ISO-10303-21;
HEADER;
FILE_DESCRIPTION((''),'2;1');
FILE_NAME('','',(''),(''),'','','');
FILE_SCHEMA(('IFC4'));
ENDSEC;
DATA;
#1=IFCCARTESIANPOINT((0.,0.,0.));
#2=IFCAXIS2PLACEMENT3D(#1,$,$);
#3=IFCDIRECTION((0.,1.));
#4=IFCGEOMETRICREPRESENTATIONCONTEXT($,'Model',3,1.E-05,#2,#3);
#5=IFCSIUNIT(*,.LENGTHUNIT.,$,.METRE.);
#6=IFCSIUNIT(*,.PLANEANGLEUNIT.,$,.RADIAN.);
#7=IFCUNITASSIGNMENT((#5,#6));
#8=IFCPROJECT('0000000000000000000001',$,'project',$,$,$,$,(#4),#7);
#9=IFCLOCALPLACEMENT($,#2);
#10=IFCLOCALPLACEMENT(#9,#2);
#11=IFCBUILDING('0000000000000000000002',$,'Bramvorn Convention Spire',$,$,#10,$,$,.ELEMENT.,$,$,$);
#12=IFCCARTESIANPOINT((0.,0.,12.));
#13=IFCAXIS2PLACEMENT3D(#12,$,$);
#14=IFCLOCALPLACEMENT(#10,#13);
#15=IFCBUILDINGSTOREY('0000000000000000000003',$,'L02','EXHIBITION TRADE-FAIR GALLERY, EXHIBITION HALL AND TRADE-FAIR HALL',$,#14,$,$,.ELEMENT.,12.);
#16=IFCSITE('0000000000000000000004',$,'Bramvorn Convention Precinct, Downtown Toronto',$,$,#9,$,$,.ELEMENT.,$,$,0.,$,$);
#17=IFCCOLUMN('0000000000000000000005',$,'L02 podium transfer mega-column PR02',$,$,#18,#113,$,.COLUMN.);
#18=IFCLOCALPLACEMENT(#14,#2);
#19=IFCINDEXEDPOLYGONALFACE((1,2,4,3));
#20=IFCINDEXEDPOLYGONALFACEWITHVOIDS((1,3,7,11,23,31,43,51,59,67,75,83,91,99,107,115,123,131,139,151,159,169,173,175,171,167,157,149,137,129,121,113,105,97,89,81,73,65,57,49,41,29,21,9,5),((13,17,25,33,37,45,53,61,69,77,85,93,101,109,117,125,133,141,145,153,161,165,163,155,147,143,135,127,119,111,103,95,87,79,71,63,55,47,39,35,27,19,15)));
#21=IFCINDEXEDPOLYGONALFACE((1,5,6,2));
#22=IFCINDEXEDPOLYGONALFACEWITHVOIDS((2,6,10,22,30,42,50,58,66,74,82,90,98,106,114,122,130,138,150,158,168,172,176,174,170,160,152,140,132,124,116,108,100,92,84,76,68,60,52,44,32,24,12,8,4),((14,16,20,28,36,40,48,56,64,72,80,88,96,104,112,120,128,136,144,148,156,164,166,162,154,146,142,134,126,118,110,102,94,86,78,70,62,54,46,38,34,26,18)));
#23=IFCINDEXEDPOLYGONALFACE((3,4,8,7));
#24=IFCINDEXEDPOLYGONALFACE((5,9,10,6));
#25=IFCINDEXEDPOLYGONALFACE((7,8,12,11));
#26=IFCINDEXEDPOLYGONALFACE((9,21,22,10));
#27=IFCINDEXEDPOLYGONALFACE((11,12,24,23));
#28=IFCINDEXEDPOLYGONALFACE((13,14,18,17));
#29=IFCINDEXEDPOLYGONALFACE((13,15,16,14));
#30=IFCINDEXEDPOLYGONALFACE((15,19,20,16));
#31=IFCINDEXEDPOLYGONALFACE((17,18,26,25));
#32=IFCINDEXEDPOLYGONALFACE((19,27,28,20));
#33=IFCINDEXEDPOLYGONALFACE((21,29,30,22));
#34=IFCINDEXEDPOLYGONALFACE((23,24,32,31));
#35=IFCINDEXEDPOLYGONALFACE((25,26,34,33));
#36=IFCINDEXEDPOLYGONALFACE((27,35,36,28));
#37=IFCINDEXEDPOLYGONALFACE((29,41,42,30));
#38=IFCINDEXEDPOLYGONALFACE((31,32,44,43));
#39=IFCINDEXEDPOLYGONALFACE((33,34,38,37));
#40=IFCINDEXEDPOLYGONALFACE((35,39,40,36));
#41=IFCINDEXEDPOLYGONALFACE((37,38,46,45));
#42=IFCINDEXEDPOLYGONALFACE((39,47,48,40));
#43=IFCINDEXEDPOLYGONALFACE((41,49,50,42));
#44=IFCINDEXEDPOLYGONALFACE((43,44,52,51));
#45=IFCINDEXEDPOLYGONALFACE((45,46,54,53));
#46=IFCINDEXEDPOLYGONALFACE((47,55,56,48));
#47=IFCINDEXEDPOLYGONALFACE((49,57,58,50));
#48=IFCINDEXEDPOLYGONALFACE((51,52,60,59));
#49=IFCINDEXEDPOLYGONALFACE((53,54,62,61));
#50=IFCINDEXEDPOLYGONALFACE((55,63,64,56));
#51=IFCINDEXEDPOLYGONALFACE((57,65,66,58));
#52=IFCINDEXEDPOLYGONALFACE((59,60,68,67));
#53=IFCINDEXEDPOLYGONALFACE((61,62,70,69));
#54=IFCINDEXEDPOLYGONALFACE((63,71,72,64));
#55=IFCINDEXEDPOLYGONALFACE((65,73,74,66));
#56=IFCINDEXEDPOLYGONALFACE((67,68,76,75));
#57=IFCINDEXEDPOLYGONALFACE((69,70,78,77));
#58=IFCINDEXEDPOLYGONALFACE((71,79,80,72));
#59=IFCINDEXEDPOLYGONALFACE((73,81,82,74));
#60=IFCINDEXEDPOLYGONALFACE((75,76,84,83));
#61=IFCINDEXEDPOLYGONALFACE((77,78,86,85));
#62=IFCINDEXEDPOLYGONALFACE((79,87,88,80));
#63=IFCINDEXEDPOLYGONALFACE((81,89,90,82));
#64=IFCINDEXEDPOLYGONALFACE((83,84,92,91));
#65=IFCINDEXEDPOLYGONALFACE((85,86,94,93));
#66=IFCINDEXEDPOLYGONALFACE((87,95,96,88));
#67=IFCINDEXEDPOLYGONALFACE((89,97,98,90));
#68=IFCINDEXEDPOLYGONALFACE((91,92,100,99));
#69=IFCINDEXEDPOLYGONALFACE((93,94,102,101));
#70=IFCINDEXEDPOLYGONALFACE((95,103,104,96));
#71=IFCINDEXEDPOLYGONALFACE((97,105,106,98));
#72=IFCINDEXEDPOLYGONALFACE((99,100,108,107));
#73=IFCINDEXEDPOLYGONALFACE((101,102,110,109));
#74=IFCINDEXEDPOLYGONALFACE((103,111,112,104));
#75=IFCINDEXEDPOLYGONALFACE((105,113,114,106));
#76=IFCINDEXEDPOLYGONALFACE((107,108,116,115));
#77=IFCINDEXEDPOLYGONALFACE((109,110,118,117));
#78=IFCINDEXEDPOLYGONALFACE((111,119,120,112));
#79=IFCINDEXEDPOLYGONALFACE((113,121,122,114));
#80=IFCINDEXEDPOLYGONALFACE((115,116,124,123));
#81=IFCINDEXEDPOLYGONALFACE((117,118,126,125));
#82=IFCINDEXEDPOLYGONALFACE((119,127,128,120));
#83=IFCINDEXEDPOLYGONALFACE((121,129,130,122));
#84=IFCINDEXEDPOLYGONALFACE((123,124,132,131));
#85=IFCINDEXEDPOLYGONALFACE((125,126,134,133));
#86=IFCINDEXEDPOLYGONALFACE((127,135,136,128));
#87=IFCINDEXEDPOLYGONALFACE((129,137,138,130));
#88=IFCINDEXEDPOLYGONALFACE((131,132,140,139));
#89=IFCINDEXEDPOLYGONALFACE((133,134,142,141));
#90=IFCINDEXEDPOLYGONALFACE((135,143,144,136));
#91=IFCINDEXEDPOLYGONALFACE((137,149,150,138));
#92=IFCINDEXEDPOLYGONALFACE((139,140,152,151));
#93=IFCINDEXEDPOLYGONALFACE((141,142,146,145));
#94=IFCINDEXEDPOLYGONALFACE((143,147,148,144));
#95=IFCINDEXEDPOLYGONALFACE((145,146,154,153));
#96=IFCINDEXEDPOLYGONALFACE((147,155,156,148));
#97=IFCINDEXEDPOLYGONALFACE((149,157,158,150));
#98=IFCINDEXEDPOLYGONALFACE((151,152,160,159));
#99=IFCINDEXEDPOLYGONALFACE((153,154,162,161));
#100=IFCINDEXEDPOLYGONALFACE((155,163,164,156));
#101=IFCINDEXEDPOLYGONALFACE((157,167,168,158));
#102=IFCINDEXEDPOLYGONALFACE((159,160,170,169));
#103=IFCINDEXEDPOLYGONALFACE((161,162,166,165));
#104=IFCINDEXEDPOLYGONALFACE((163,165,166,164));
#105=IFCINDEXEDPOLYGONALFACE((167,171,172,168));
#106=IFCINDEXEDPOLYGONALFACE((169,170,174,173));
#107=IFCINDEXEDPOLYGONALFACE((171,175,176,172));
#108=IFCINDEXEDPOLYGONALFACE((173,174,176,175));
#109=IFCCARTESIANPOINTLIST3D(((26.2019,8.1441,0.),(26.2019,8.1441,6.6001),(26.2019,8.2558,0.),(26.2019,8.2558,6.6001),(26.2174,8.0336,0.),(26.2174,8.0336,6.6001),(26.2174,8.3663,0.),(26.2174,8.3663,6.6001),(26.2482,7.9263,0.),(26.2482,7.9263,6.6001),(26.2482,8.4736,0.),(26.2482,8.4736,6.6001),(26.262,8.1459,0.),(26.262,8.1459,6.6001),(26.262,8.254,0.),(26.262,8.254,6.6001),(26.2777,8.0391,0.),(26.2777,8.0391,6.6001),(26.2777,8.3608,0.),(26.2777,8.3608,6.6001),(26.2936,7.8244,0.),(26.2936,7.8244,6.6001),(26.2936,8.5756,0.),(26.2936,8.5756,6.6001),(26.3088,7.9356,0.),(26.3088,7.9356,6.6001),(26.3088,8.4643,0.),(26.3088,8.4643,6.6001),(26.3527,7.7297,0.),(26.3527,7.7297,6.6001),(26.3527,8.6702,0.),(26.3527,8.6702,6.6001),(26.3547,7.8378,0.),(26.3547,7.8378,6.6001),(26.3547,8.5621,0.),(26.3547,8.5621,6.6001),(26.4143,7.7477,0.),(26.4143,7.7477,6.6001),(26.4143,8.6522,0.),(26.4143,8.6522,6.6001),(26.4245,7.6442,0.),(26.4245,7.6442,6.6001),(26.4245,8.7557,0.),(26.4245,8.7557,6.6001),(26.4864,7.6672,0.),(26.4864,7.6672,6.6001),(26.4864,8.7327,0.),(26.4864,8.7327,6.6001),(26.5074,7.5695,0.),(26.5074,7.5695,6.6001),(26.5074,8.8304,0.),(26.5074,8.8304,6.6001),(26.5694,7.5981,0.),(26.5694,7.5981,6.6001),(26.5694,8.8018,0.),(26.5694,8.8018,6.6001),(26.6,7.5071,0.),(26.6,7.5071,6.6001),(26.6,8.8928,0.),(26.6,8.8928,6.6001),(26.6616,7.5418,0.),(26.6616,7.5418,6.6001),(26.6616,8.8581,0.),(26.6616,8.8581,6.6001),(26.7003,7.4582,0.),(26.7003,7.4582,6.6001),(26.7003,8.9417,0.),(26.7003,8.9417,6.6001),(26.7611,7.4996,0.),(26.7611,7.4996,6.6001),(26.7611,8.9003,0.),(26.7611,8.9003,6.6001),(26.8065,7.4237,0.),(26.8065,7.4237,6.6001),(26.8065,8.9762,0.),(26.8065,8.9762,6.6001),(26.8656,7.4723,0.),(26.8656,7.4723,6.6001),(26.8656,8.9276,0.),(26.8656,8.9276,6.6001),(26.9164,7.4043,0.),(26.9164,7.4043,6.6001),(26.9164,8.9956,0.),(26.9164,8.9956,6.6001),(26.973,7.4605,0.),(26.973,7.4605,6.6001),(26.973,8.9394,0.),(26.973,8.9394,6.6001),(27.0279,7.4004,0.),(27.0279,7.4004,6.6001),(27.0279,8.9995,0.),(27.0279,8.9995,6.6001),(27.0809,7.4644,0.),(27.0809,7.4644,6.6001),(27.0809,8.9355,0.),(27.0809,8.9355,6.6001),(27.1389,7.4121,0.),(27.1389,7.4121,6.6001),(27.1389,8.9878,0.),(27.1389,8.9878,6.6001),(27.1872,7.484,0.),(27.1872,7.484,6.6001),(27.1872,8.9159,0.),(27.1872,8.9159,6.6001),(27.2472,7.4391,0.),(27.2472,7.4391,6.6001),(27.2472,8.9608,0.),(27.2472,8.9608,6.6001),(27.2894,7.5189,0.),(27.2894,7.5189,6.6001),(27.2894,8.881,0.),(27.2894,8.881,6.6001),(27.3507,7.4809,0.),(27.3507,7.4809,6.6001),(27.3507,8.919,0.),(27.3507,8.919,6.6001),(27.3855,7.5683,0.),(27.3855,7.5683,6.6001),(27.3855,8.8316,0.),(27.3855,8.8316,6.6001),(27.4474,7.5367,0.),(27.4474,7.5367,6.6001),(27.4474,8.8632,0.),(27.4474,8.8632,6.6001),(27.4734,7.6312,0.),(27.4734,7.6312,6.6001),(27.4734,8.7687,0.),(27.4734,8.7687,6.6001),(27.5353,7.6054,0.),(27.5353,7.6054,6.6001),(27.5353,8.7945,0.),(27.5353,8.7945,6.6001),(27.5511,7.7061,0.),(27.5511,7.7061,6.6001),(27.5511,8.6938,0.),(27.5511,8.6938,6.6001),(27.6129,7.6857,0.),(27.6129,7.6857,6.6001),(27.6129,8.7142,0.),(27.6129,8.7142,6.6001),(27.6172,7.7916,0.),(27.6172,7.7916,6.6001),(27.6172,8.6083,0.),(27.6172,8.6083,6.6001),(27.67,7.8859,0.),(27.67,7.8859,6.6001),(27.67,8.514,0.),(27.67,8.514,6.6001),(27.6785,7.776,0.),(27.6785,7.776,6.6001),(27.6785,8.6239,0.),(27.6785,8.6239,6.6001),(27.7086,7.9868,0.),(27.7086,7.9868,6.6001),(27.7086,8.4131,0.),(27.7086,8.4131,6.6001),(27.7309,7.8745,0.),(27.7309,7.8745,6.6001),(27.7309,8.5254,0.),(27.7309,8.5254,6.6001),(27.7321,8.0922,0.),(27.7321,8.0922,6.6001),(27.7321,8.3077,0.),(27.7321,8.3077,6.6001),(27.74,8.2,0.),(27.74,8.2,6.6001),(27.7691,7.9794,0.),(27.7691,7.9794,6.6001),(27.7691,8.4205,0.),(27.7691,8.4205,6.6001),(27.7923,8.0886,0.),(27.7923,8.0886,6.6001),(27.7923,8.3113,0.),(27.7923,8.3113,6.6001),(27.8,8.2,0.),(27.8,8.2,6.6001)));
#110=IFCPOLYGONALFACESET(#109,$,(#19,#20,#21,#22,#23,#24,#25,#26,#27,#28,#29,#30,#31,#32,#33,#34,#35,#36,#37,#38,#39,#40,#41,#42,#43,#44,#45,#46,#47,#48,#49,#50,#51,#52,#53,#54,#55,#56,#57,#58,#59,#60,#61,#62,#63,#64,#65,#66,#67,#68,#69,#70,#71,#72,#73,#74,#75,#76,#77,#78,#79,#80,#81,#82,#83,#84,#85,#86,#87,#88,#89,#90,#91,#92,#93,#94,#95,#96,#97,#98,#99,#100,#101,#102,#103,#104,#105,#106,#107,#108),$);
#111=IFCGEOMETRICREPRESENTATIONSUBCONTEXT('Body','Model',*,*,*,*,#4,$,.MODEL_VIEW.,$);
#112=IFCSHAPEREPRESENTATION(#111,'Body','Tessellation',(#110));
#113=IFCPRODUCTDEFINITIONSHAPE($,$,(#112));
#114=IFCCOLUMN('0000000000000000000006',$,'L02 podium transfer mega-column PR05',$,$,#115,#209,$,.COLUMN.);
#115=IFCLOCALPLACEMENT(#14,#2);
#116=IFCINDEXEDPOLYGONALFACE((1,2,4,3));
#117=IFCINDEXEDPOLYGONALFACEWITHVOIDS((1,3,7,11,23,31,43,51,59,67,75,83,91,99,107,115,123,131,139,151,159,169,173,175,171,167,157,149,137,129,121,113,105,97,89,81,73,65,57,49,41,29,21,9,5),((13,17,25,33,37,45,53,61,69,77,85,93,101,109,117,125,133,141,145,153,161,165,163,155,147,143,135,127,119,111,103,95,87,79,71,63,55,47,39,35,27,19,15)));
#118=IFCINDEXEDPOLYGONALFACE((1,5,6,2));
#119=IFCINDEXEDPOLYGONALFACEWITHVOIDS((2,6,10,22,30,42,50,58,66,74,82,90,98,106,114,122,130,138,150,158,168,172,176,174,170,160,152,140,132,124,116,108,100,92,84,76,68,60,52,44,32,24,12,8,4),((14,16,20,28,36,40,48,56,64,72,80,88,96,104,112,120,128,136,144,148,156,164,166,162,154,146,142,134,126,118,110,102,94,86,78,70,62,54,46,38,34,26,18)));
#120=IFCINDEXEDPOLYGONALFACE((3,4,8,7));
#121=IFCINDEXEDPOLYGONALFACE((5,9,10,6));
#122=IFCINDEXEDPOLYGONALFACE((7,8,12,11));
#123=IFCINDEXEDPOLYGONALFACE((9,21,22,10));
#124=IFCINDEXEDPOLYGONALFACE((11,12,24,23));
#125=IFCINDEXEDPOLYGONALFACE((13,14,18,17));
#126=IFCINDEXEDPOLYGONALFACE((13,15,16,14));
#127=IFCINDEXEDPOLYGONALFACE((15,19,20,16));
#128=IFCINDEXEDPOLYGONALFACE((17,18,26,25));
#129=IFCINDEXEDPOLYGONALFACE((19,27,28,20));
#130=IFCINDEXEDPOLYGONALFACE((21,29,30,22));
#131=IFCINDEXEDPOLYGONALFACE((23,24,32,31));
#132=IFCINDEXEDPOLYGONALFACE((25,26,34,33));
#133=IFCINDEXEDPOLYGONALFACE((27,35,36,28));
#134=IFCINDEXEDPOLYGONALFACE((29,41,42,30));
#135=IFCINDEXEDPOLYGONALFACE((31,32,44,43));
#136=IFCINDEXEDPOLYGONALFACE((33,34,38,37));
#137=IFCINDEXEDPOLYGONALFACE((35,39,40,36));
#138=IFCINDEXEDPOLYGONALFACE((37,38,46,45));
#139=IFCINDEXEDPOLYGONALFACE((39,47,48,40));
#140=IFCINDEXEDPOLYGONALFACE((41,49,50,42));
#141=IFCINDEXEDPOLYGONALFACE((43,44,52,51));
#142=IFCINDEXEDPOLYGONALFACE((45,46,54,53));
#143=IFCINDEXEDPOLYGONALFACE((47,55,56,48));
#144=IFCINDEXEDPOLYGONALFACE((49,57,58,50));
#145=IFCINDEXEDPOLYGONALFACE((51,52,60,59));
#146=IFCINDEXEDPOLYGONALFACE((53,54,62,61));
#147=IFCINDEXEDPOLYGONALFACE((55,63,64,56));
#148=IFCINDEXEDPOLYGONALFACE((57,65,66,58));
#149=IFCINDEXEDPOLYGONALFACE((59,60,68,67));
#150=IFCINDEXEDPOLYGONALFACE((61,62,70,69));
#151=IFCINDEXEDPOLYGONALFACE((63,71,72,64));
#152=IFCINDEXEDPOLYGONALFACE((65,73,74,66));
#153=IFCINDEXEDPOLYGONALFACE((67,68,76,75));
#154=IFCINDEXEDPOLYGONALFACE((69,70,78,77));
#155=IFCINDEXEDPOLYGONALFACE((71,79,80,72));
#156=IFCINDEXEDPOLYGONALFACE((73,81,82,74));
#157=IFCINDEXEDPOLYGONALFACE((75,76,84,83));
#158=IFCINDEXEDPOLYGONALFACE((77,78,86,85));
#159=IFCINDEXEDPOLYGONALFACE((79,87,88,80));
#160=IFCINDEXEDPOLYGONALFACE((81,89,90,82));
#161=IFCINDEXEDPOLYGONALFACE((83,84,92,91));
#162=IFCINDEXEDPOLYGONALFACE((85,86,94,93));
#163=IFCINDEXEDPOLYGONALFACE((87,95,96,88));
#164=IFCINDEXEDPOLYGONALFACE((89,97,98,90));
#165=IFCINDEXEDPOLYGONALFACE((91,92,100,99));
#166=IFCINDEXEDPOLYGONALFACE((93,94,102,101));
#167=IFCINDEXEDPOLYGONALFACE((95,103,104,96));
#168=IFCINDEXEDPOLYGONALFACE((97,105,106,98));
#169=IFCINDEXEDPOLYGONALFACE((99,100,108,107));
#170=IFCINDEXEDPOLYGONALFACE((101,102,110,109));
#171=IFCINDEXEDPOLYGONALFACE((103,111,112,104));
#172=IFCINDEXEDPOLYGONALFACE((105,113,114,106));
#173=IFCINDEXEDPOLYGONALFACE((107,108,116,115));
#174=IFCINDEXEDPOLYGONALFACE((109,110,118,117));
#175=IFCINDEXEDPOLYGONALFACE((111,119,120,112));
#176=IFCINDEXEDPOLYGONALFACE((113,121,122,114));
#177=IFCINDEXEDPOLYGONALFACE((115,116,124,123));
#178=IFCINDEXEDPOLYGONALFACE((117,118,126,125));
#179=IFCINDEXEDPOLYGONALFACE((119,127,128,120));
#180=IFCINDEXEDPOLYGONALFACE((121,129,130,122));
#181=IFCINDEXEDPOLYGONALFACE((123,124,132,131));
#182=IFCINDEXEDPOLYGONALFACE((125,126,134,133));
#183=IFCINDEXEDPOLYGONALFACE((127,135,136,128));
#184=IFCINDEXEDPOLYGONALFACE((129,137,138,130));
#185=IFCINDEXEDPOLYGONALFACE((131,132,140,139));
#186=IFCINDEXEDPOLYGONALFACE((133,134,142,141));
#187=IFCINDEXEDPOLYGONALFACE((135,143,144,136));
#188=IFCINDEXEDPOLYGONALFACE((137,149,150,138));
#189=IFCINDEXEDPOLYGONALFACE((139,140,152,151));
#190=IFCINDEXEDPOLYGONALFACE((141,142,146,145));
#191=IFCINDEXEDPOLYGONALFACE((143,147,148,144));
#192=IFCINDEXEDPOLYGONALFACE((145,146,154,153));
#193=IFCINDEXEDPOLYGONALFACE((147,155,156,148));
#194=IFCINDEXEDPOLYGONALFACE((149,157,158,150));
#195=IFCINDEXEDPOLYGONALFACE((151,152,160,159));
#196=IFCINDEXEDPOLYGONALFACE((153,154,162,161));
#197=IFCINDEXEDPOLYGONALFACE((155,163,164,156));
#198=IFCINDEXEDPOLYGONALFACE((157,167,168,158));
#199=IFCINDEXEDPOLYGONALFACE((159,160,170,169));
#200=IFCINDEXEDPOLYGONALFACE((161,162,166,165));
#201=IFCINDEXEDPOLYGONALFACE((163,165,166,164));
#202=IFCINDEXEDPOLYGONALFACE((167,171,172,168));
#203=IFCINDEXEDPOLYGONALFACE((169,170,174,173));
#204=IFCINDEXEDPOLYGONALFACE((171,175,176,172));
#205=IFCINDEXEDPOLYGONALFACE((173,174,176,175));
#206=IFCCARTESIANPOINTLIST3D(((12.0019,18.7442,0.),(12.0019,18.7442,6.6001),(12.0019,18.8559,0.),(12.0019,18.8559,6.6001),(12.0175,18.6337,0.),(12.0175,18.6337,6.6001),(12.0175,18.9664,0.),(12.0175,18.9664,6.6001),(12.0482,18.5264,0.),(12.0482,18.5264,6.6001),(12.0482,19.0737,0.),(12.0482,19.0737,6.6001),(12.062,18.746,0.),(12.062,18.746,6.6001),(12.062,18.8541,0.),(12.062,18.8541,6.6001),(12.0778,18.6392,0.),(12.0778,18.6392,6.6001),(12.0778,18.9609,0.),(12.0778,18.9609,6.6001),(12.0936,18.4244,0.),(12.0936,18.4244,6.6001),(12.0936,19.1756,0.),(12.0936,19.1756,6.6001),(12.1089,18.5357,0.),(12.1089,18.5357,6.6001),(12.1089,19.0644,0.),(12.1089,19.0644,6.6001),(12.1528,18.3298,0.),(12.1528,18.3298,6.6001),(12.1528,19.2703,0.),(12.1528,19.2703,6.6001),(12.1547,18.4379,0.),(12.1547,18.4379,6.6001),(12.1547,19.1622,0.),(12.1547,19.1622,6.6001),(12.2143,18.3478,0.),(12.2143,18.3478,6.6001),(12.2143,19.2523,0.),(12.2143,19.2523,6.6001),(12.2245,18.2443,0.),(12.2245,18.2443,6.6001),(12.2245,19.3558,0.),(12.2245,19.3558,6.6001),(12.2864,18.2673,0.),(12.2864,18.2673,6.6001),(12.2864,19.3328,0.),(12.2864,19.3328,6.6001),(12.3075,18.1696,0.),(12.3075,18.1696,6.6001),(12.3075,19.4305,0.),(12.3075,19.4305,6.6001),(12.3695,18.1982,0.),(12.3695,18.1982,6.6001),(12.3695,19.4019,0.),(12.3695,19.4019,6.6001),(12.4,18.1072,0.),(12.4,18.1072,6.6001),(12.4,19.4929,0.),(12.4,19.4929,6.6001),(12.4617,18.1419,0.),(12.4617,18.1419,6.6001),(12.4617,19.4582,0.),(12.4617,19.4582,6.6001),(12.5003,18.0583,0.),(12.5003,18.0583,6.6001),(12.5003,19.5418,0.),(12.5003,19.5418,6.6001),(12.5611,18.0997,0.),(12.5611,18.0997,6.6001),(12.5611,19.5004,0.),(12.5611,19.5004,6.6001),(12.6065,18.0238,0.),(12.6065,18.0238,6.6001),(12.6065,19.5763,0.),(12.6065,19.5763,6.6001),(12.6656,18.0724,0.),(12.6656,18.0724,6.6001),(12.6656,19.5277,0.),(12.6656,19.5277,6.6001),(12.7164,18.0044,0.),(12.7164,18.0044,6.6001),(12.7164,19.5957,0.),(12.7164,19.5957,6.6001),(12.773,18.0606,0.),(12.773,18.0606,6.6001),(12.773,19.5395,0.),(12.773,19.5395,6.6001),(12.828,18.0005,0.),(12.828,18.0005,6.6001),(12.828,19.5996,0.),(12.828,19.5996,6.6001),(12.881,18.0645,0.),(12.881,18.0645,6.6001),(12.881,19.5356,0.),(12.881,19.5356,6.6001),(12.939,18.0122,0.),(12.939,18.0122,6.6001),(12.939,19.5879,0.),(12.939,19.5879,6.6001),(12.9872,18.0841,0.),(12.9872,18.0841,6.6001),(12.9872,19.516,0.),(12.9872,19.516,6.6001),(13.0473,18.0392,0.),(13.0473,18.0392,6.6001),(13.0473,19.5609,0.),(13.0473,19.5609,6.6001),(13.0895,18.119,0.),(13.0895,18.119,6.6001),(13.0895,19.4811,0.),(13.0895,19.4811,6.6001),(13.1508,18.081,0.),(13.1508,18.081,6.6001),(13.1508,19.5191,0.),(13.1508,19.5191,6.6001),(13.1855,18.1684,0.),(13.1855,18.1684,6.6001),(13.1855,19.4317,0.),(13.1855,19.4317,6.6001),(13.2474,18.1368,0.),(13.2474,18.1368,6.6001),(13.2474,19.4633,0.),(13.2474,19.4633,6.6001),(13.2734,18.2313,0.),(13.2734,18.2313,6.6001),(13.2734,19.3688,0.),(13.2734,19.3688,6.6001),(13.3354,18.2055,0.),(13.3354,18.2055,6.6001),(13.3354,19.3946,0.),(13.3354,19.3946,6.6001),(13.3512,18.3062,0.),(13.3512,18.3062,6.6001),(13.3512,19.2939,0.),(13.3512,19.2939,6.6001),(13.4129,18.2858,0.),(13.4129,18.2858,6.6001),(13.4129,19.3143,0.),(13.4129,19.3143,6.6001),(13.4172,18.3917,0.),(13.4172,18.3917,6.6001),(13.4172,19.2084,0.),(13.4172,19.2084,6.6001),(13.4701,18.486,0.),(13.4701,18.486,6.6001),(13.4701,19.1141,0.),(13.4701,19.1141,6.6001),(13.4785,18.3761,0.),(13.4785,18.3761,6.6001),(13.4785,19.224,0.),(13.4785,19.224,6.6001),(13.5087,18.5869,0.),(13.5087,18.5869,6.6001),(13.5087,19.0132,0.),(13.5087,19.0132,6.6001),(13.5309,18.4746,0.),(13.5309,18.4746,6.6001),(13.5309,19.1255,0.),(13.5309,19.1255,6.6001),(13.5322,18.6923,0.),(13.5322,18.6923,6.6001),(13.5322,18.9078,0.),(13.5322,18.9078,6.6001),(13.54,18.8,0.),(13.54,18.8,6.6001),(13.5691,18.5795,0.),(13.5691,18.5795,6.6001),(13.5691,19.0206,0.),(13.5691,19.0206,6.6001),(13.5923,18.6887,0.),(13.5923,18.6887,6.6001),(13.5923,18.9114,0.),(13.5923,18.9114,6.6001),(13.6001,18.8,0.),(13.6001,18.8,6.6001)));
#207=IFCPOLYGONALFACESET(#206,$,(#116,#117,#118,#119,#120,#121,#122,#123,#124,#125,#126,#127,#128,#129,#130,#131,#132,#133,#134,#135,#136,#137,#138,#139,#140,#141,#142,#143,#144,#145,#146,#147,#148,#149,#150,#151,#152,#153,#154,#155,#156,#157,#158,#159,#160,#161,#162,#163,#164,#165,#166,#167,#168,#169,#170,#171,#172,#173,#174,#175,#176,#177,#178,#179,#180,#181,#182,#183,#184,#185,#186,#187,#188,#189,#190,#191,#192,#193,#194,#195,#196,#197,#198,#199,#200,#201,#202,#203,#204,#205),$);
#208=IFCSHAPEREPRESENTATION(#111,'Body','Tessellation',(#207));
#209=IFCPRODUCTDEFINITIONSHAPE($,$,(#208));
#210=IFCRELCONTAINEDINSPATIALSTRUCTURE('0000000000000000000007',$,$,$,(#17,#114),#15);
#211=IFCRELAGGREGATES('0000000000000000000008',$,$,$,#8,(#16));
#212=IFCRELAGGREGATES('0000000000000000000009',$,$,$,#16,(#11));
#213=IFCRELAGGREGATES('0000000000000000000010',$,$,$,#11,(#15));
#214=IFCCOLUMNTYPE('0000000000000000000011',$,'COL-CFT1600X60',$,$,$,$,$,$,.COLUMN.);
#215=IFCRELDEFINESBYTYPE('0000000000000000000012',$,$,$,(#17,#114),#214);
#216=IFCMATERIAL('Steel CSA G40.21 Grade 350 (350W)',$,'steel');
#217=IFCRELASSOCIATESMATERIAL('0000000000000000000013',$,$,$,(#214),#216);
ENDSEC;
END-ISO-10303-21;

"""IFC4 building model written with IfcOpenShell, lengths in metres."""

from ifc_helpers import new_model, si_unit, direction, frame, origin, origin_2d, place, context, subcontext, project, spatial, hollow_circle, extrude, material, material_profile, profile_set, type_object, element, save


model = new_model("IFC4")

# Units and contexts
model_context = context("Model", 3, precision=1e-05, world=origin(), true_north=direction((0.0, 1.0)))
body_context = subcontext(model_context, "Body", "Model", "MODEL_VIEW")
ifc_project = project(units=[si_unit("LENGTHUNIT", "METRE"), si_unit("PLANEANGLEUNIT", "RADIAN")], contexts=[model_context])

# Site, building, storey
site_placement = place(None, origin())
site = spatial("IfcSite", under=ifc_project, at=site_placement, Name="Bramvorn Convention Precinct, Downtown Toronto", CompositionType="ELEMENT", RefElevation=0.0)
building_placement = place(site_placement, origin())
building = spatial("IfcBuilding", under=site, at=building_placement, Name="Bramvorn Convention Spire", CompositionType="ELEMENT")
storey_placement = place(building_placement, frame((0.0, 0.0, 12.0)))
storey = spatial("IfcBuildingStorey", under=building, at=storey_placement, Name="L02", Description="EXHIBITION TRADE-FAIR GALLERY, EXHIBITION HALL AND TRADE-FAIR HALL", CompositionType="ELEMENT", Elevation=12.0)

# Columns
ifc_material_1 = material(Name="Steel CSA G40.21 Grade 350 (350W)", Category="steel")
ifc_material_profile_1 = material_profile(ifc_material_1, hollow_circle(Radius=0.8, WallThickness=0.0601, at=origin_2d()))
ifc_profile_set_1 = profile_set([ifc_material_profile_1], Name="Steel CSA G40.21 Grade 350 (350W) - CFT1600X60")
column_type_1 = type_object("IfcColumnType", Name="COL-CFT1600X60", PredefinedType="COLUMN", material=ifc_profile_set_1)
for number, where, z_axis, x_axis, name in (
    (1, (27.0, 8.2, 0.0), (0.0, 0.0, 1.0), (1.0, 0.0, 0.0), "L02 podium transfer mega-column PR02"),
    (2, (12.8, 18.8, 0.0), (0.0, 0.0, 1.0), (1.0, 0.0, 0.0), "L02 podium transfer mega-column PR05"),
):
    element("IfcColumn", number, at=place(storey_placement, frame(where, z_axis=z_axis, x_axis=x_axis)), inside=storey, type_object=column_type_1, Name=name, PredefinedType="COLUMN", context=body_context, shape_type="SweptSolid", body=[
        extrude(hollow_circle(Radius=0.8, WallThickness=0.0601, at=origin_2d()), origin(), (0.0, 0.0, 1.0), 6.6001),
    ])

save(model, "model.ifc")
